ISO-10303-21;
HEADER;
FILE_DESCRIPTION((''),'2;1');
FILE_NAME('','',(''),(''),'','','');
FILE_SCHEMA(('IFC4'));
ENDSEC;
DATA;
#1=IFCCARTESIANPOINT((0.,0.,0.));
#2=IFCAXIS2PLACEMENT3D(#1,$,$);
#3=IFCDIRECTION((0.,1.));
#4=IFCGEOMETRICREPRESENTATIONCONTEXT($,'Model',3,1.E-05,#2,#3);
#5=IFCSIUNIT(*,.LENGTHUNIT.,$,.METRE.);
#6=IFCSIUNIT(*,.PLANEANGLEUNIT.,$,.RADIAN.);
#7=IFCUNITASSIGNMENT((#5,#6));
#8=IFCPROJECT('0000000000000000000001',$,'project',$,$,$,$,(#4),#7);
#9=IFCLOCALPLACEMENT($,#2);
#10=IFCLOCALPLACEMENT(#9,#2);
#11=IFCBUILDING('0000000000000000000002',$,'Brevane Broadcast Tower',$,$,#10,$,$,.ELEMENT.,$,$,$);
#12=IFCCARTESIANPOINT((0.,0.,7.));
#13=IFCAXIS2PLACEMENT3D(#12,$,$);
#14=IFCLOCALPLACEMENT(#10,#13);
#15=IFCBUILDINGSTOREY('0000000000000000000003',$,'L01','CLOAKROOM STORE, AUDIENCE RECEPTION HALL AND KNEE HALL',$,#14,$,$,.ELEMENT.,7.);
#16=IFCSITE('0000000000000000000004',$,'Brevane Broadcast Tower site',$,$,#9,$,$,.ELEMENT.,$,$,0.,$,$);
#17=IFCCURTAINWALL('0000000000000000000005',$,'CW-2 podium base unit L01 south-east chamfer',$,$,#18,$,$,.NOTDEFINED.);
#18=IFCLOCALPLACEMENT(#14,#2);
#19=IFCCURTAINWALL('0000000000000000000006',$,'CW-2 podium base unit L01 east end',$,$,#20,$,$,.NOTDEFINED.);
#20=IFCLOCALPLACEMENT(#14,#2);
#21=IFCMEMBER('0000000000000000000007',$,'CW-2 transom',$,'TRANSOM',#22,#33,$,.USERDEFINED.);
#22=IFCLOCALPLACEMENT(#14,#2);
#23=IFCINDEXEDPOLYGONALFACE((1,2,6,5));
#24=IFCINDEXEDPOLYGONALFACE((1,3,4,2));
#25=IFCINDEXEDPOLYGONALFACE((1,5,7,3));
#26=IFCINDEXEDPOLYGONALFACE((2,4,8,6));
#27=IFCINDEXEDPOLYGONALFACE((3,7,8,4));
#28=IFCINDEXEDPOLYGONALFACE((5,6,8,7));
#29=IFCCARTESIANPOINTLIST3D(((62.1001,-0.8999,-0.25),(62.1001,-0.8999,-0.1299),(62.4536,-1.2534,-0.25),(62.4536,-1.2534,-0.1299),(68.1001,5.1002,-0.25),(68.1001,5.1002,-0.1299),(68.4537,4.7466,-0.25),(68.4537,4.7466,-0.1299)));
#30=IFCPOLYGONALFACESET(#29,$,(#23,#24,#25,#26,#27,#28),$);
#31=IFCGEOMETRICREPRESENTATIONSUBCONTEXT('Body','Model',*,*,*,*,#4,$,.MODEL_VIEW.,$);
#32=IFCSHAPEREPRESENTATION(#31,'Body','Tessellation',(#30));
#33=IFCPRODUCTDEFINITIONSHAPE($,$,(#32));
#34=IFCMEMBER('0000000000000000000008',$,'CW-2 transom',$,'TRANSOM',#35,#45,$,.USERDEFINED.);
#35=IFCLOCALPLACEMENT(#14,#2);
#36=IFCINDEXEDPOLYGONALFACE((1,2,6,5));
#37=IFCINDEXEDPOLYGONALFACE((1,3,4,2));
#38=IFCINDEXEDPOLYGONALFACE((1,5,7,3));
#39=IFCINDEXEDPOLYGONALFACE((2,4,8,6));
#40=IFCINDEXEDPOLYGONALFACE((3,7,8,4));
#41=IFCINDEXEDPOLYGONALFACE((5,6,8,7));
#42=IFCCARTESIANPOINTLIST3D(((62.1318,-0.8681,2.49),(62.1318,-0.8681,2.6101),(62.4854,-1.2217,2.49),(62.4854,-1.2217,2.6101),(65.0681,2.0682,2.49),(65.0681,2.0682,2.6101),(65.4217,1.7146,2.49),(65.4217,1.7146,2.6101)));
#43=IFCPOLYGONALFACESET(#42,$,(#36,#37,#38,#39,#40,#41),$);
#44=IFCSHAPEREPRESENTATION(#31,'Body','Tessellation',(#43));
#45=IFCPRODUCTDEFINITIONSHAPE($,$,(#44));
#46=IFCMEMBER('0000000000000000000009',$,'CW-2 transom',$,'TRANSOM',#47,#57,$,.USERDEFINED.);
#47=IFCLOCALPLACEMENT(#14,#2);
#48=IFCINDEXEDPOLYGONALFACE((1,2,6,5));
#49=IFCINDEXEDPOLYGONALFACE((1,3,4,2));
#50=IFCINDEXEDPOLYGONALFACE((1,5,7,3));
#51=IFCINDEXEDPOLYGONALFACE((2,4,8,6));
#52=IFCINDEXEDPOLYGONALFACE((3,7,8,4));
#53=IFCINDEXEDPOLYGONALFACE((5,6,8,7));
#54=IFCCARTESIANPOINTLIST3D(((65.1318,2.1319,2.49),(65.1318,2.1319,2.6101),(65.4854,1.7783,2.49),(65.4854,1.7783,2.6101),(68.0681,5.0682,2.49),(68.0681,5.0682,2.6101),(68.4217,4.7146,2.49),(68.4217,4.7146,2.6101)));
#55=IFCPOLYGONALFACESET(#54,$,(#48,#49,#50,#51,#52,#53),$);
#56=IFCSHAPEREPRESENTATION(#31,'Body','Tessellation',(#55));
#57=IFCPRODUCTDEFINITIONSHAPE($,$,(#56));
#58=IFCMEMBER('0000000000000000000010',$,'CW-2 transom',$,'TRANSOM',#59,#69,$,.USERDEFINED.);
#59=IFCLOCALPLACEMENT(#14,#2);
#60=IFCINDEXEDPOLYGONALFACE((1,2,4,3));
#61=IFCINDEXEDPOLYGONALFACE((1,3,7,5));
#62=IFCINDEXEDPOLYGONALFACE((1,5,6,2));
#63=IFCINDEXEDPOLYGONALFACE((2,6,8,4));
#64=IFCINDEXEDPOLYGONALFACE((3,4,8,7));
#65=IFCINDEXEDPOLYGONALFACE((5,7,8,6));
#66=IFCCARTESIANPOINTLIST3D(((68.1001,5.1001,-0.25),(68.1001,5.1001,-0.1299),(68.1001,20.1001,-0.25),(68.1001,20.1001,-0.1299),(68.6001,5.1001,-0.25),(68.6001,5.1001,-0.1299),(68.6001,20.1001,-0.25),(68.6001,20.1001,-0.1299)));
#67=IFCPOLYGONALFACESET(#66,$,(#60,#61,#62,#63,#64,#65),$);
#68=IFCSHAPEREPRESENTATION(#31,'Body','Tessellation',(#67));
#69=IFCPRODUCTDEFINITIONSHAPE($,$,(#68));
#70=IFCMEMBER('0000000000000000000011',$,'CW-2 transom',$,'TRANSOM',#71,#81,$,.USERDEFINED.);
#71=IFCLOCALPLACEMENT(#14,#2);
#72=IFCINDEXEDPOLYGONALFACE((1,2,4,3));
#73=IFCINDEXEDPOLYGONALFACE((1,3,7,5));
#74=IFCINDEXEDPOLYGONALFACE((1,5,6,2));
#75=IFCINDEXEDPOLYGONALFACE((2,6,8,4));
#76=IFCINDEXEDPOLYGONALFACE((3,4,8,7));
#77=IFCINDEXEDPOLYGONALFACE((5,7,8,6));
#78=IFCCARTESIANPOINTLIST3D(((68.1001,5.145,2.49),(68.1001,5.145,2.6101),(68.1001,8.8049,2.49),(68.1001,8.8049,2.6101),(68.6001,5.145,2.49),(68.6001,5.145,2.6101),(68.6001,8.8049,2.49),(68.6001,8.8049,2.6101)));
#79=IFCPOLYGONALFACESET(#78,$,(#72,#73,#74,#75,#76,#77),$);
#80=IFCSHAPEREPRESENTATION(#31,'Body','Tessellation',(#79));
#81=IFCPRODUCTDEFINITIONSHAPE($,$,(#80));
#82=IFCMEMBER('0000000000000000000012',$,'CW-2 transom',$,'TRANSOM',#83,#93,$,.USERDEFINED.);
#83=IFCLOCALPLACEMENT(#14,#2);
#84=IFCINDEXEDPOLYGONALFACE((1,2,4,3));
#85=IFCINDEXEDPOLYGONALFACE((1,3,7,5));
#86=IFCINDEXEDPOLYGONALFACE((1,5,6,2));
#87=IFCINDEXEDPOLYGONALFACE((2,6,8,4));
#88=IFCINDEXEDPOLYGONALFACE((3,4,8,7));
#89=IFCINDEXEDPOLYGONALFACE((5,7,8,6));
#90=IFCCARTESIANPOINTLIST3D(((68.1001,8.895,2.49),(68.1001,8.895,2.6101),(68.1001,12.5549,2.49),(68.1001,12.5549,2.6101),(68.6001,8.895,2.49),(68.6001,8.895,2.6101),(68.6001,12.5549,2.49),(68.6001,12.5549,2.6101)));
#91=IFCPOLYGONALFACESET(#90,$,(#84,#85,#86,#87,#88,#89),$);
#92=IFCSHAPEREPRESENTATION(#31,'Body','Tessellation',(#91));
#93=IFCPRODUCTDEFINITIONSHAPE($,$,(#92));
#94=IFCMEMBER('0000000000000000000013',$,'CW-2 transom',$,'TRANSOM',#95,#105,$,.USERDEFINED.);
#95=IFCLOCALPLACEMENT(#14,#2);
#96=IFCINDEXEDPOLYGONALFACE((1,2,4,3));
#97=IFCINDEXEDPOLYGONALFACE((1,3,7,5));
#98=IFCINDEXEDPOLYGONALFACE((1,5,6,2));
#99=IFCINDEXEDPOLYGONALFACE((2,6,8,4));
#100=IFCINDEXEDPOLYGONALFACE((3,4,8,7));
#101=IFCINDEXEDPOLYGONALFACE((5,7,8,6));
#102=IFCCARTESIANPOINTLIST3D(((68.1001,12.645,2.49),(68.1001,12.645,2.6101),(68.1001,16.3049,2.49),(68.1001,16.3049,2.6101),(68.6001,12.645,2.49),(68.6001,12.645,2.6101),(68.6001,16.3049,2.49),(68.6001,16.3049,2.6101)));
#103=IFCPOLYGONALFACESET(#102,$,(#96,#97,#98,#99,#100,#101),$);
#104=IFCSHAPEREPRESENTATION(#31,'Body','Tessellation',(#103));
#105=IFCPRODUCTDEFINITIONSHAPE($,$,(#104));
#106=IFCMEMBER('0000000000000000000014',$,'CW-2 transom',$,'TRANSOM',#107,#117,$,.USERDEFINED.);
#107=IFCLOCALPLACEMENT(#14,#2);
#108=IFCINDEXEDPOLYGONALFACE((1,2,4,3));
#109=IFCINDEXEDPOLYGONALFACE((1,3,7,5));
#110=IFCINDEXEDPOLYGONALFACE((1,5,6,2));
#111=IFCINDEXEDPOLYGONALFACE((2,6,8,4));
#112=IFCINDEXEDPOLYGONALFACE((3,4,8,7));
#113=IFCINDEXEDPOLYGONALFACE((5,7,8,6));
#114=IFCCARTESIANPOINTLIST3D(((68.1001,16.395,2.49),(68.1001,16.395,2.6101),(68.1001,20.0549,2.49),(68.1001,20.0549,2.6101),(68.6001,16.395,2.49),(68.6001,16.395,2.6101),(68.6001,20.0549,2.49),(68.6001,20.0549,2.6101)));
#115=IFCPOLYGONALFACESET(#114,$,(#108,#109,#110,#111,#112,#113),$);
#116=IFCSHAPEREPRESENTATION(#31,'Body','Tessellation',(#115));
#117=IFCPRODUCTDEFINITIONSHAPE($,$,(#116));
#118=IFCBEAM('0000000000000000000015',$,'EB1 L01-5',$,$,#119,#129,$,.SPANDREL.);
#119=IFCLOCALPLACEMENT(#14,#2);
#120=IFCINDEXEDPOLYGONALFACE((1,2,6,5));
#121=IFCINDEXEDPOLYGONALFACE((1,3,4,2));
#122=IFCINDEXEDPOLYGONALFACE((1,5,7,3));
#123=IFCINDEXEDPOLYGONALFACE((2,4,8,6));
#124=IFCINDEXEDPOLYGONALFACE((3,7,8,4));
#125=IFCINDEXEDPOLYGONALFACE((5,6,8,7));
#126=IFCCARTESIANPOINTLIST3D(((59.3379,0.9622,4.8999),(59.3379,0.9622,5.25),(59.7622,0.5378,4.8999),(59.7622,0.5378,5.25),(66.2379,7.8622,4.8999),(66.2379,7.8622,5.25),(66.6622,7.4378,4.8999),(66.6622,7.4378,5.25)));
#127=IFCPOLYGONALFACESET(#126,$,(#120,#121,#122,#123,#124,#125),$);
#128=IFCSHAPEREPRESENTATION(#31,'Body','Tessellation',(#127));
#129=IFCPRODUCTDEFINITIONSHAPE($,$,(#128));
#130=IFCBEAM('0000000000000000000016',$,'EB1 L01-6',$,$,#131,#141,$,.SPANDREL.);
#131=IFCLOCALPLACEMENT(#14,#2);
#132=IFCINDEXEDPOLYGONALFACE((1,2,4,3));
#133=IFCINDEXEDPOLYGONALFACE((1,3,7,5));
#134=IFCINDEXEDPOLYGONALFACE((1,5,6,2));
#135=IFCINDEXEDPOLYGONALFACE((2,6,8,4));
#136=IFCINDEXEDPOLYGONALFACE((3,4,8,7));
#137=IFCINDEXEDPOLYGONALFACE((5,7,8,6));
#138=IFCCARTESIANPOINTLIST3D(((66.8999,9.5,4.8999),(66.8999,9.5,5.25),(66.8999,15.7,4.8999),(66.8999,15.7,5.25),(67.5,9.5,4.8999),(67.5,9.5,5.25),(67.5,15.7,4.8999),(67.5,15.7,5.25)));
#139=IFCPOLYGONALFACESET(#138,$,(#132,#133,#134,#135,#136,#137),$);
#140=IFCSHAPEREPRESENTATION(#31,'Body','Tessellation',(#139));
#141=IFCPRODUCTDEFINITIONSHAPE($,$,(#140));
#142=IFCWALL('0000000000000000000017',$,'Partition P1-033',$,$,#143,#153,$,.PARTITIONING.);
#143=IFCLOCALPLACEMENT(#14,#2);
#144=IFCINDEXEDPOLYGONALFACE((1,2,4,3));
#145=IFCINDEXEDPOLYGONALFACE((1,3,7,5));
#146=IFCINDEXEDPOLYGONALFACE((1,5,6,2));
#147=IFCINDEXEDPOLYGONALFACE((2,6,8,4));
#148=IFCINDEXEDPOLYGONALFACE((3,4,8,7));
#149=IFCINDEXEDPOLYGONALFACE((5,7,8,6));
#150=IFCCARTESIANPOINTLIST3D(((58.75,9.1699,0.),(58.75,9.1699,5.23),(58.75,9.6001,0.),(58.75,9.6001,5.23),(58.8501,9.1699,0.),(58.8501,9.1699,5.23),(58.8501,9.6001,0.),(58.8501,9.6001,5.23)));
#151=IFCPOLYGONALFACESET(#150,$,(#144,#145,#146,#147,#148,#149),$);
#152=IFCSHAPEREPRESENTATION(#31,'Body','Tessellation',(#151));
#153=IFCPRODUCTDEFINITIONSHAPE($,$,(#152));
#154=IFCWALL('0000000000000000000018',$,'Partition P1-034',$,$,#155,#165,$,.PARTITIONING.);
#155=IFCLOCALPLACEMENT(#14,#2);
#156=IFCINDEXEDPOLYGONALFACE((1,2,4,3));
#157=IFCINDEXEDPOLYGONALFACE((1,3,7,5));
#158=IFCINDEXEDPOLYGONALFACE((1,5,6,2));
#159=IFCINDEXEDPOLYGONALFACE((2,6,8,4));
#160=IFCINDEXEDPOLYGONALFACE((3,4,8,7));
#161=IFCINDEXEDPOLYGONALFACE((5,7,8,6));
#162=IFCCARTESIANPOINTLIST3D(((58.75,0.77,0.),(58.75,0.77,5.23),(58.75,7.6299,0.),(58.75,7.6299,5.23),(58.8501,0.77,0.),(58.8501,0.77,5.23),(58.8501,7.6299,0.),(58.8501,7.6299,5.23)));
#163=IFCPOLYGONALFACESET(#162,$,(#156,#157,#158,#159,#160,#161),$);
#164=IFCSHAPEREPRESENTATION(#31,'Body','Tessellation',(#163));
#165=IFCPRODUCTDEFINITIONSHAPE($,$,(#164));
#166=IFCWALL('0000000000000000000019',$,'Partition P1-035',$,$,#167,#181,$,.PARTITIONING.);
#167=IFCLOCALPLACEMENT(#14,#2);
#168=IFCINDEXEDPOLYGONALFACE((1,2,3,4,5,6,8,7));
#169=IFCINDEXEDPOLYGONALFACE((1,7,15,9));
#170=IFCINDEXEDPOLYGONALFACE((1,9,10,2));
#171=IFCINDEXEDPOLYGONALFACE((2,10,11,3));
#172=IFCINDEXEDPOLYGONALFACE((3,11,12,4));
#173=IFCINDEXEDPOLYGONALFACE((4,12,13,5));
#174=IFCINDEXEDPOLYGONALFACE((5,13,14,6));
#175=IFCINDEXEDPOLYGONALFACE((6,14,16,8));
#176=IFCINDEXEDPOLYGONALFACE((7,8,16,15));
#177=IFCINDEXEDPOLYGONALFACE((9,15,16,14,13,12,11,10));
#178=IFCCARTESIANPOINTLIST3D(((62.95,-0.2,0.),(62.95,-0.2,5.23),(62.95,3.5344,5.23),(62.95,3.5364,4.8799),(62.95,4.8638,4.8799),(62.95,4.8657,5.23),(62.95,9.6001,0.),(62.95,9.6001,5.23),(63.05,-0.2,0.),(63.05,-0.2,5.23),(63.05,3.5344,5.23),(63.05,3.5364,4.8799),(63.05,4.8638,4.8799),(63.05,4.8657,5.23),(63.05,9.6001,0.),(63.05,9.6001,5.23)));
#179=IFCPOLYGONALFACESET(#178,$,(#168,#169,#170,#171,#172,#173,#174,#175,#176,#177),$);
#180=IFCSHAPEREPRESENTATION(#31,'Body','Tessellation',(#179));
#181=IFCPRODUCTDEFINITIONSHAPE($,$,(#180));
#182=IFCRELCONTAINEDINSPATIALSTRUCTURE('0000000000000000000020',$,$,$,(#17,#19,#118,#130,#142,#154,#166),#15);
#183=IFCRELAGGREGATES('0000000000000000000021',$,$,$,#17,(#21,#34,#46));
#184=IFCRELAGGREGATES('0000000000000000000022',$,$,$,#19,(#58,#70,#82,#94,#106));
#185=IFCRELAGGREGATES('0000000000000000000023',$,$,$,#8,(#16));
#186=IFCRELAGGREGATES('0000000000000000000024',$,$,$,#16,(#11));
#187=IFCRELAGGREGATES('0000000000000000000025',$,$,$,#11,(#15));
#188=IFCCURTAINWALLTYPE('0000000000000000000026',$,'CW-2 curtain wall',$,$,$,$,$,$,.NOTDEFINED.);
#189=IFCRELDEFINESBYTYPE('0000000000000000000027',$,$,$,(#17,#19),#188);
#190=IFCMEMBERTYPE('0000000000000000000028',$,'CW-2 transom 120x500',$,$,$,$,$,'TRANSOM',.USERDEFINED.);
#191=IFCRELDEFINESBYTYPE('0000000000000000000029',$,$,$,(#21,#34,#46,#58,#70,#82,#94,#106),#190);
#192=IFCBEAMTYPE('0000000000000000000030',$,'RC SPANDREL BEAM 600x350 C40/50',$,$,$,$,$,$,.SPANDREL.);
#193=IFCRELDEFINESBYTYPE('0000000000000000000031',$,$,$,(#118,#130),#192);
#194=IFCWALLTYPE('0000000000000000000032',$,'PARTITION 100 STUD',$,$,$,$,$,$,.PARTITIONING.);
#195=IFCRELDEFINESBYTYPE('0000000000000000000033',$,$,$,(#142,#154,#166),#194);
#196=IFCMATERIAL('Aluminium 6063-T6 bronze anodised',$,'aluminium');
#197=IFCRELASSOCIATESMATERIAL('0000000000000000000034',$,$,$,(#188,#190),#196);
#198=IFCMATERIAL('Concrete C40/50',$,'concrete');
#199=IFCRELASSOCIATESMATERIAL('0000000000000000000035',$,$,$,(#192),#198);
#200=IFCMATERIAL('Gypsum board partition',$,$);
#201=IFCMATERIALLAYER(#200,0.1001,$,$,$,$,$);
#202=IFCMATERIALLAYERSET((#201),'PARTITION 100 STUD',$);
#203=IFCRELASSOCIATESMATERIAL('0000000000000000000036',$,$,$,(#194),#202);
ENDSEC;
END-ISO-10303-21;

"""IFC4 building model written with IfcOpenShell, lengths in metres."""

from ifc_helpers import new_model, si_unit, direction, frame, frame_2d, origin, origin_2d, place, context, subcontext, project, spatial, polyline, rectangle, outline, extrude, material, layer, layer_set, material_profile, profile_set, type_object, element, aggregate, save


model = new_model("IFC4")

# Units and contexts
model_context = context("Model", 3, precision=1e-05, world=origin(), true_north=direction((0.0, 1.0)))
body_context = subcontext(model_context, "Body", "Model", "MODEL_VIEW")
ifc_project = project(units=[si_unit("LENGTHUNIT", "METRE"), si_unit("PLANEANGLEUNIT", "RADIAN")], contexts=[model_context])

# Site, building, storey
site_placement = place(None, origin())
site = spatial("IfcSite", under=ifc_project, at=site_placement, Name="Brevane Broadcast Tower site", CompositionType="ELEMENT", RefElevation=0.0)
building_placement = place(site_placement, origin())
building = spatial("IfcBuilding", under=site, at=building_placement, Name="Brevane Broadcast Tower", CompositionType="ELEMENT")
storey_placement = place(building_placement, frame((0.0, 0.0, 7.0)))
storey = spatial("IfcBuildingStorey", under=building, at=storey_placement, Name="L01", Description="CLOAKROOM STORE, AUDIENCE RECEPTION HALL AND KNEE HALL", CompositionType="ELEMENT", Elevation=7.0)

# Curtain walls
ifc_material_1 = material(Name="Aluminium 6063-T6 bronze anodised", Category="aluminium")
curtain_wall_type = type_object("IfcCurtainWallType", Name="CW-2 curtain wall", PredefinedType="NOTDEFINED", material=ifc_material_1)
curtain_wall_1_placement = place(storey_placement, origin())
curtain_wall_1 = element("IfcCurtainWall", 1, at=curtain_wall_1_placement, inside=storey, type_object=curtain_wall_type, Name="CW-2 podium base unit L01 south-east chamfer", PredefinedType="NOTDEFINED")
curtain_wall_2_placement = place(storey_placement, origin())
curtain_wall_2 = element("IfcCurtainWall", 2, at=curtain_wall_2_placement, inside=storey, type_object=curtain_wall_type, Name="CW-2 podium base unit L01 east end", PredefinedType="NOTDEFINED")

# Members
ifc_material_profile_1 = material_profile(ifc_material_1, rectangle(XDim=0.5, YDim=0.1201, at=origin_2d()), Name="RECT 120x500")
ifc_profile_set_1 = profile_set([ifc_material_profile_1], Name="Aluminium 6063-T6 bronze anodised")
member_type_1 = type_object("IfcMemberType", Name="CW-2 transom 120x500", ElementType="TRANSOM", PredefinedType="USERDEFINED", material=ifc_profile_set_1)
member_1_placement = place(storey_placement, frame((62.2769, -1.0767, -0.1899), z_axis=(0.707107, 0.707107, 0.0), x_axis=(-0.707107, 0.707107, 0.0)))
member_1 = element("IfcMember", 3, at=member_1_placement, type_object=member_type_1, Name="CW-2 transom", ObjectType="TRANSOM", PredefinedType="USERDEFINED", context=body_context, shape_type="SweptSolid", body=[
    extrude(rectangle(XDim=0.5, YDim=0.1201, at=origin_2d()), origin(), (0.0, 0.0, 1.0), 8.4854),
])
member_2_placement = place(storey_placement, frame((62.3086, -1.0449, 2.55), z_axis=(0.707107, 0.707107, 0.0), x_axis=(-0.707107, 0.707107, 0.0)))
member_2 = element("IfcMember", 4, at=member_2_placement, type_object=member_type_1, Name="CW-2 transom", ObjectType="TRANSOM", PredefinedType="USERDEFINED", context=body_context, shape_type="SweptSolid", body=[
    extrude(rectangle(XDim=0.5, YDim=0.1201, at=origin_2d()), origin(), (0.0, 0.0, 1.0), 4.1526),
])
member_3_placement = place(storey_placement, frame((65.3086, 1.9551, 2.55), z_axis=(0.707107, 0.707107, 0.0), x_axis=(-0.707107, 0.707107, 0.0)))
member_3 = element("IfcMember", 5, at=member_3_placement, type_object=member_type_1, Name="CW-2 transom", ObjectType="TRANSOM", PredefinedType="USERDEFINED", context=body_context, shape_type="SweptSolid", body=[
    extrude(rectangle(XDim=0.5, YDim=0.1201, at=origin_2d()), origin(), (0.0, 0.0, 1.0), 4.1526),
])
aggregate(curtain_wall_1, [member_1, member_2, member_3])
member_4_placement = place(storey_placement, frame((68.3501, 5.1001, -0.1899), z_axis=(0.0, 1.0, 0.0), x_axis=(-1.0, 0.0, 0.0)))
member_4 = element("IfcMember", 6, at=member_4_placement, type_object=member_type_1, Name="CW-2 transom", ObjectType="TRANSOM", PredefinedType="USERDEFINED", context=body_context, shape_type="SweptSolid", body=[
    extrude(rectangle(XDim=0.5, YDim=0.1201, at=origin_2d()), origin(), (0.0, 0.0, 1.0), 15.0),
])
member_5_placement = place(storey_placement, frame((68.3501, 5.145, 2.55), z_axis=(0.0, 1.0, 0.0), x_axis=(-1.0, 0.0, 0.0)))
member_5 = element("IfcMember", 7, at=member_5_placement, type_object=member_type_1, Name="CW-2 transom", ObjectType="TRANSOM", PredefinedType="USERDEFINED", context=body_context, shape_type="SweptSolid", body=[
    extrude(rectangle(XDim=0.5, YDim=0.1201, at=origin_2d()), origin(), (0.0, 0.0, 1.0), 3.6599),
])
member_6_placement = place(storey_placement, frame((68.3501, 8.895, 2.55), z_axis=(0.0, 1.0, 0.0), x_axis=(-1.0, 0.0, 0.0)))
member_6 = element("IfcMember", 8, at=member_6_placement, type_object=member_type_1, Name="CW-2 transom", ObjectType="TRANSOM", PredefinedType="USERDEFINED", context=body_context, shape_type="SweptSolid", body=[
    extrude(rectangle(XDim=0.5, YDim=0.1201, at=origin_2d()), origin(), (0.0, 0.0, 1.0), 3.6599),
])
member_7_placement = place(storey_placement, frame((68.3501, 12.645, 2.55), z_axis=(0.0, 1.0, 0.0), x_axis=(-1.0, 0.0, 0.0)))
member_7 = element("IfcMember", 9, at=member_7_placement, type_object=member_type_1, Name="CW-2 transom", ObjectType="TRANSOM", PredefinedType="USERDEFINED", context=body_context, shape_type="SweptSolid", body=[
    extrude(rectangle(XDim=0.5, YDim=0.1201, at=origin_2d()), origin(), (0.0, 0.0, 1.0), 3.6599),
])
member_8_placement = place(storey_placement, frame((68.3501, 16.395, 2.55), z_axis=(0.0, 1.0, 0.0), x_axis=(-1.0, 0.0, 0.0)))
member_8 = element("IfcMember", 10, at=member_8_placement, type_object=member_type_1, Name="CW-2 transom", ObjectType="TRANSOM", PredefinedType="USERDEFINED", context=body_context, shape_type="SweptSolid", body=[
    extrude(rectangle(XDim=0.5, YDim=0.1201, at=origin_2d()), origin(), (0.0, 0.0, 1.0), 3.6599),
])
aggregate(curtain_wall_2, [member_4, member_5, member_6, member_7, member_8])

# Beams
ifc_material_2 = material(Name="Concrete C40/50", Category="concrete")
ifc_material_profile_2 = material_profile(ifc_material_2, rectangle(XDim=0.6001, YDim=0.3501, at=origin_2d()), Name="RC 600x350")
ifc_profile_set_2 = profile_set([ifc_material_profile_2], Name="Concrete C40/50")
beam_type = type_object("IfcBeamType", Name="RC SPANDREL BEAM 600x350 C40/50", PredefinedType="SPANDREL", material=ifc_profile_set_2)
beam_1_placement = place(storey_placement, frame((59.55, 0.75, 5.075), z_axis=(0.707107, 0.707107, 0.0), x_axis=(-0.707107, 0.707107, 0.0)))
element("IfcBeam", 11, at=beam_1_placement, inside=storey, type_object=beam_type, Name="EB1 L01-5", PredefinedType="SPANDREL", context=body_context, shape_type="SweptSolid", body=[
    extrude(rectangle(XDim=0.6001, YDim=0.3501, at=origin_2d()), origin(), (0.0, 0.0, 1.0), 9.7581),
])
beam_2_placement = place(storey_placement, frame((67.2, 9.5, 5.075), z_axis=(0.0, 1.0, 0.0), x_axis=(-1.0, 0.0, 0.0)))
element("IfcBeam", 12, at=beam_2_placement, inside=storey, type_object=beam_type, Name="EB1 L01-6", PredefinedType="SPANDREL", context=body_context, shape_type="SweptSolid", body=[
    extrude(rectangle(XDim=0.6001, YDim=0.3501, at=origin_2d()), origin(), (0.0, 0.0, 1.0), 6.2),
])

# Walls
ifc_material_3 = material(Name="Gypsum board partition")
ifc_layer_1 = layer(ifc_material_3, 0.1001)
ifc_layer_set_1 = layer_set([ifc_layer_1], Name="PARTITION 100 STUD")
wall_type_1 = type_object("IfcWallType", Name="PARTITION 100 STUD", PredefinedType="PARTITIONING", material=ifc_layer_set_1)
wall_1_placement = place(storey_placement, frame((58.8, 9.6001, 0.0), z_axis=(0.0, 0.0, 1.0), x_axis=(0.0, -1.0, 0.0)))
element("IfcWall", 13, at=wall_1_placement, inside=storey, type_object=wall_type_1, Name="Partition P1-033", PredefinedType="PARTITIONING", context=body_context, shape_type="SweptSolid", body=[
    extrude(rectangle(XDim=0.4302, YDim=0.1001, at=frame_2d((0.2151, 0.0))), origin(), (0.0, 0.0, 1.0), 5.23),
])
wall_2_placement = place(storey_placement, frame((58.8, 7.6299, 0.0), z_axis=(0.0, 0.0, 1.0), x_axis=(0.0, -1.0, 0.0)))
element("IfcWall", 14, at=wall_2_placement, inside=storey, type_object=wall_type_1, Name="Partition P1-034", PredefinedType="PARTITIONING", context=body_context, shape_type="SweptSolid", body=[
    extrude(rectangle(XDim=6.8599, YDim=0.1001, at=frame_2d((3.4299, 0.0))), origin(), (0.0, 0.0, 1.0), 5.23),
])
wall_3_placement = place(storey_placement, frame((63.0, 9.6001, 0.0), z_axis=(0.0, 0.0, 1.0), x_axis=(0.0, -1.0, 0.0)))
element("IfcWall", 15, at=wall_3_placement, inside=storey, type_object=wall_type_1, Name="Partition P1-035", PredefinedType="PARTITIONING", context=body_context, shape_type="SweptSolid", body=[
    extrude(outline(polyline([(0.0, 0.0), (9.8, 0.0), (9.8, 5.23), (6.0657, 5.23), (6.0637, 4.8799), (4.7363, 4.8799), (4.7344, 5.23), (0.0, 5.23), (0.0, 0.0)])), frame((0.0, 0.05, 0.0), z_axis=(0.0, -1.0, 0.0), x_axis=(1.0, 0.0, 0.0)), (0.0, 0.0, 1.0), 0.1001),
])

save(model, "model.ifc")
